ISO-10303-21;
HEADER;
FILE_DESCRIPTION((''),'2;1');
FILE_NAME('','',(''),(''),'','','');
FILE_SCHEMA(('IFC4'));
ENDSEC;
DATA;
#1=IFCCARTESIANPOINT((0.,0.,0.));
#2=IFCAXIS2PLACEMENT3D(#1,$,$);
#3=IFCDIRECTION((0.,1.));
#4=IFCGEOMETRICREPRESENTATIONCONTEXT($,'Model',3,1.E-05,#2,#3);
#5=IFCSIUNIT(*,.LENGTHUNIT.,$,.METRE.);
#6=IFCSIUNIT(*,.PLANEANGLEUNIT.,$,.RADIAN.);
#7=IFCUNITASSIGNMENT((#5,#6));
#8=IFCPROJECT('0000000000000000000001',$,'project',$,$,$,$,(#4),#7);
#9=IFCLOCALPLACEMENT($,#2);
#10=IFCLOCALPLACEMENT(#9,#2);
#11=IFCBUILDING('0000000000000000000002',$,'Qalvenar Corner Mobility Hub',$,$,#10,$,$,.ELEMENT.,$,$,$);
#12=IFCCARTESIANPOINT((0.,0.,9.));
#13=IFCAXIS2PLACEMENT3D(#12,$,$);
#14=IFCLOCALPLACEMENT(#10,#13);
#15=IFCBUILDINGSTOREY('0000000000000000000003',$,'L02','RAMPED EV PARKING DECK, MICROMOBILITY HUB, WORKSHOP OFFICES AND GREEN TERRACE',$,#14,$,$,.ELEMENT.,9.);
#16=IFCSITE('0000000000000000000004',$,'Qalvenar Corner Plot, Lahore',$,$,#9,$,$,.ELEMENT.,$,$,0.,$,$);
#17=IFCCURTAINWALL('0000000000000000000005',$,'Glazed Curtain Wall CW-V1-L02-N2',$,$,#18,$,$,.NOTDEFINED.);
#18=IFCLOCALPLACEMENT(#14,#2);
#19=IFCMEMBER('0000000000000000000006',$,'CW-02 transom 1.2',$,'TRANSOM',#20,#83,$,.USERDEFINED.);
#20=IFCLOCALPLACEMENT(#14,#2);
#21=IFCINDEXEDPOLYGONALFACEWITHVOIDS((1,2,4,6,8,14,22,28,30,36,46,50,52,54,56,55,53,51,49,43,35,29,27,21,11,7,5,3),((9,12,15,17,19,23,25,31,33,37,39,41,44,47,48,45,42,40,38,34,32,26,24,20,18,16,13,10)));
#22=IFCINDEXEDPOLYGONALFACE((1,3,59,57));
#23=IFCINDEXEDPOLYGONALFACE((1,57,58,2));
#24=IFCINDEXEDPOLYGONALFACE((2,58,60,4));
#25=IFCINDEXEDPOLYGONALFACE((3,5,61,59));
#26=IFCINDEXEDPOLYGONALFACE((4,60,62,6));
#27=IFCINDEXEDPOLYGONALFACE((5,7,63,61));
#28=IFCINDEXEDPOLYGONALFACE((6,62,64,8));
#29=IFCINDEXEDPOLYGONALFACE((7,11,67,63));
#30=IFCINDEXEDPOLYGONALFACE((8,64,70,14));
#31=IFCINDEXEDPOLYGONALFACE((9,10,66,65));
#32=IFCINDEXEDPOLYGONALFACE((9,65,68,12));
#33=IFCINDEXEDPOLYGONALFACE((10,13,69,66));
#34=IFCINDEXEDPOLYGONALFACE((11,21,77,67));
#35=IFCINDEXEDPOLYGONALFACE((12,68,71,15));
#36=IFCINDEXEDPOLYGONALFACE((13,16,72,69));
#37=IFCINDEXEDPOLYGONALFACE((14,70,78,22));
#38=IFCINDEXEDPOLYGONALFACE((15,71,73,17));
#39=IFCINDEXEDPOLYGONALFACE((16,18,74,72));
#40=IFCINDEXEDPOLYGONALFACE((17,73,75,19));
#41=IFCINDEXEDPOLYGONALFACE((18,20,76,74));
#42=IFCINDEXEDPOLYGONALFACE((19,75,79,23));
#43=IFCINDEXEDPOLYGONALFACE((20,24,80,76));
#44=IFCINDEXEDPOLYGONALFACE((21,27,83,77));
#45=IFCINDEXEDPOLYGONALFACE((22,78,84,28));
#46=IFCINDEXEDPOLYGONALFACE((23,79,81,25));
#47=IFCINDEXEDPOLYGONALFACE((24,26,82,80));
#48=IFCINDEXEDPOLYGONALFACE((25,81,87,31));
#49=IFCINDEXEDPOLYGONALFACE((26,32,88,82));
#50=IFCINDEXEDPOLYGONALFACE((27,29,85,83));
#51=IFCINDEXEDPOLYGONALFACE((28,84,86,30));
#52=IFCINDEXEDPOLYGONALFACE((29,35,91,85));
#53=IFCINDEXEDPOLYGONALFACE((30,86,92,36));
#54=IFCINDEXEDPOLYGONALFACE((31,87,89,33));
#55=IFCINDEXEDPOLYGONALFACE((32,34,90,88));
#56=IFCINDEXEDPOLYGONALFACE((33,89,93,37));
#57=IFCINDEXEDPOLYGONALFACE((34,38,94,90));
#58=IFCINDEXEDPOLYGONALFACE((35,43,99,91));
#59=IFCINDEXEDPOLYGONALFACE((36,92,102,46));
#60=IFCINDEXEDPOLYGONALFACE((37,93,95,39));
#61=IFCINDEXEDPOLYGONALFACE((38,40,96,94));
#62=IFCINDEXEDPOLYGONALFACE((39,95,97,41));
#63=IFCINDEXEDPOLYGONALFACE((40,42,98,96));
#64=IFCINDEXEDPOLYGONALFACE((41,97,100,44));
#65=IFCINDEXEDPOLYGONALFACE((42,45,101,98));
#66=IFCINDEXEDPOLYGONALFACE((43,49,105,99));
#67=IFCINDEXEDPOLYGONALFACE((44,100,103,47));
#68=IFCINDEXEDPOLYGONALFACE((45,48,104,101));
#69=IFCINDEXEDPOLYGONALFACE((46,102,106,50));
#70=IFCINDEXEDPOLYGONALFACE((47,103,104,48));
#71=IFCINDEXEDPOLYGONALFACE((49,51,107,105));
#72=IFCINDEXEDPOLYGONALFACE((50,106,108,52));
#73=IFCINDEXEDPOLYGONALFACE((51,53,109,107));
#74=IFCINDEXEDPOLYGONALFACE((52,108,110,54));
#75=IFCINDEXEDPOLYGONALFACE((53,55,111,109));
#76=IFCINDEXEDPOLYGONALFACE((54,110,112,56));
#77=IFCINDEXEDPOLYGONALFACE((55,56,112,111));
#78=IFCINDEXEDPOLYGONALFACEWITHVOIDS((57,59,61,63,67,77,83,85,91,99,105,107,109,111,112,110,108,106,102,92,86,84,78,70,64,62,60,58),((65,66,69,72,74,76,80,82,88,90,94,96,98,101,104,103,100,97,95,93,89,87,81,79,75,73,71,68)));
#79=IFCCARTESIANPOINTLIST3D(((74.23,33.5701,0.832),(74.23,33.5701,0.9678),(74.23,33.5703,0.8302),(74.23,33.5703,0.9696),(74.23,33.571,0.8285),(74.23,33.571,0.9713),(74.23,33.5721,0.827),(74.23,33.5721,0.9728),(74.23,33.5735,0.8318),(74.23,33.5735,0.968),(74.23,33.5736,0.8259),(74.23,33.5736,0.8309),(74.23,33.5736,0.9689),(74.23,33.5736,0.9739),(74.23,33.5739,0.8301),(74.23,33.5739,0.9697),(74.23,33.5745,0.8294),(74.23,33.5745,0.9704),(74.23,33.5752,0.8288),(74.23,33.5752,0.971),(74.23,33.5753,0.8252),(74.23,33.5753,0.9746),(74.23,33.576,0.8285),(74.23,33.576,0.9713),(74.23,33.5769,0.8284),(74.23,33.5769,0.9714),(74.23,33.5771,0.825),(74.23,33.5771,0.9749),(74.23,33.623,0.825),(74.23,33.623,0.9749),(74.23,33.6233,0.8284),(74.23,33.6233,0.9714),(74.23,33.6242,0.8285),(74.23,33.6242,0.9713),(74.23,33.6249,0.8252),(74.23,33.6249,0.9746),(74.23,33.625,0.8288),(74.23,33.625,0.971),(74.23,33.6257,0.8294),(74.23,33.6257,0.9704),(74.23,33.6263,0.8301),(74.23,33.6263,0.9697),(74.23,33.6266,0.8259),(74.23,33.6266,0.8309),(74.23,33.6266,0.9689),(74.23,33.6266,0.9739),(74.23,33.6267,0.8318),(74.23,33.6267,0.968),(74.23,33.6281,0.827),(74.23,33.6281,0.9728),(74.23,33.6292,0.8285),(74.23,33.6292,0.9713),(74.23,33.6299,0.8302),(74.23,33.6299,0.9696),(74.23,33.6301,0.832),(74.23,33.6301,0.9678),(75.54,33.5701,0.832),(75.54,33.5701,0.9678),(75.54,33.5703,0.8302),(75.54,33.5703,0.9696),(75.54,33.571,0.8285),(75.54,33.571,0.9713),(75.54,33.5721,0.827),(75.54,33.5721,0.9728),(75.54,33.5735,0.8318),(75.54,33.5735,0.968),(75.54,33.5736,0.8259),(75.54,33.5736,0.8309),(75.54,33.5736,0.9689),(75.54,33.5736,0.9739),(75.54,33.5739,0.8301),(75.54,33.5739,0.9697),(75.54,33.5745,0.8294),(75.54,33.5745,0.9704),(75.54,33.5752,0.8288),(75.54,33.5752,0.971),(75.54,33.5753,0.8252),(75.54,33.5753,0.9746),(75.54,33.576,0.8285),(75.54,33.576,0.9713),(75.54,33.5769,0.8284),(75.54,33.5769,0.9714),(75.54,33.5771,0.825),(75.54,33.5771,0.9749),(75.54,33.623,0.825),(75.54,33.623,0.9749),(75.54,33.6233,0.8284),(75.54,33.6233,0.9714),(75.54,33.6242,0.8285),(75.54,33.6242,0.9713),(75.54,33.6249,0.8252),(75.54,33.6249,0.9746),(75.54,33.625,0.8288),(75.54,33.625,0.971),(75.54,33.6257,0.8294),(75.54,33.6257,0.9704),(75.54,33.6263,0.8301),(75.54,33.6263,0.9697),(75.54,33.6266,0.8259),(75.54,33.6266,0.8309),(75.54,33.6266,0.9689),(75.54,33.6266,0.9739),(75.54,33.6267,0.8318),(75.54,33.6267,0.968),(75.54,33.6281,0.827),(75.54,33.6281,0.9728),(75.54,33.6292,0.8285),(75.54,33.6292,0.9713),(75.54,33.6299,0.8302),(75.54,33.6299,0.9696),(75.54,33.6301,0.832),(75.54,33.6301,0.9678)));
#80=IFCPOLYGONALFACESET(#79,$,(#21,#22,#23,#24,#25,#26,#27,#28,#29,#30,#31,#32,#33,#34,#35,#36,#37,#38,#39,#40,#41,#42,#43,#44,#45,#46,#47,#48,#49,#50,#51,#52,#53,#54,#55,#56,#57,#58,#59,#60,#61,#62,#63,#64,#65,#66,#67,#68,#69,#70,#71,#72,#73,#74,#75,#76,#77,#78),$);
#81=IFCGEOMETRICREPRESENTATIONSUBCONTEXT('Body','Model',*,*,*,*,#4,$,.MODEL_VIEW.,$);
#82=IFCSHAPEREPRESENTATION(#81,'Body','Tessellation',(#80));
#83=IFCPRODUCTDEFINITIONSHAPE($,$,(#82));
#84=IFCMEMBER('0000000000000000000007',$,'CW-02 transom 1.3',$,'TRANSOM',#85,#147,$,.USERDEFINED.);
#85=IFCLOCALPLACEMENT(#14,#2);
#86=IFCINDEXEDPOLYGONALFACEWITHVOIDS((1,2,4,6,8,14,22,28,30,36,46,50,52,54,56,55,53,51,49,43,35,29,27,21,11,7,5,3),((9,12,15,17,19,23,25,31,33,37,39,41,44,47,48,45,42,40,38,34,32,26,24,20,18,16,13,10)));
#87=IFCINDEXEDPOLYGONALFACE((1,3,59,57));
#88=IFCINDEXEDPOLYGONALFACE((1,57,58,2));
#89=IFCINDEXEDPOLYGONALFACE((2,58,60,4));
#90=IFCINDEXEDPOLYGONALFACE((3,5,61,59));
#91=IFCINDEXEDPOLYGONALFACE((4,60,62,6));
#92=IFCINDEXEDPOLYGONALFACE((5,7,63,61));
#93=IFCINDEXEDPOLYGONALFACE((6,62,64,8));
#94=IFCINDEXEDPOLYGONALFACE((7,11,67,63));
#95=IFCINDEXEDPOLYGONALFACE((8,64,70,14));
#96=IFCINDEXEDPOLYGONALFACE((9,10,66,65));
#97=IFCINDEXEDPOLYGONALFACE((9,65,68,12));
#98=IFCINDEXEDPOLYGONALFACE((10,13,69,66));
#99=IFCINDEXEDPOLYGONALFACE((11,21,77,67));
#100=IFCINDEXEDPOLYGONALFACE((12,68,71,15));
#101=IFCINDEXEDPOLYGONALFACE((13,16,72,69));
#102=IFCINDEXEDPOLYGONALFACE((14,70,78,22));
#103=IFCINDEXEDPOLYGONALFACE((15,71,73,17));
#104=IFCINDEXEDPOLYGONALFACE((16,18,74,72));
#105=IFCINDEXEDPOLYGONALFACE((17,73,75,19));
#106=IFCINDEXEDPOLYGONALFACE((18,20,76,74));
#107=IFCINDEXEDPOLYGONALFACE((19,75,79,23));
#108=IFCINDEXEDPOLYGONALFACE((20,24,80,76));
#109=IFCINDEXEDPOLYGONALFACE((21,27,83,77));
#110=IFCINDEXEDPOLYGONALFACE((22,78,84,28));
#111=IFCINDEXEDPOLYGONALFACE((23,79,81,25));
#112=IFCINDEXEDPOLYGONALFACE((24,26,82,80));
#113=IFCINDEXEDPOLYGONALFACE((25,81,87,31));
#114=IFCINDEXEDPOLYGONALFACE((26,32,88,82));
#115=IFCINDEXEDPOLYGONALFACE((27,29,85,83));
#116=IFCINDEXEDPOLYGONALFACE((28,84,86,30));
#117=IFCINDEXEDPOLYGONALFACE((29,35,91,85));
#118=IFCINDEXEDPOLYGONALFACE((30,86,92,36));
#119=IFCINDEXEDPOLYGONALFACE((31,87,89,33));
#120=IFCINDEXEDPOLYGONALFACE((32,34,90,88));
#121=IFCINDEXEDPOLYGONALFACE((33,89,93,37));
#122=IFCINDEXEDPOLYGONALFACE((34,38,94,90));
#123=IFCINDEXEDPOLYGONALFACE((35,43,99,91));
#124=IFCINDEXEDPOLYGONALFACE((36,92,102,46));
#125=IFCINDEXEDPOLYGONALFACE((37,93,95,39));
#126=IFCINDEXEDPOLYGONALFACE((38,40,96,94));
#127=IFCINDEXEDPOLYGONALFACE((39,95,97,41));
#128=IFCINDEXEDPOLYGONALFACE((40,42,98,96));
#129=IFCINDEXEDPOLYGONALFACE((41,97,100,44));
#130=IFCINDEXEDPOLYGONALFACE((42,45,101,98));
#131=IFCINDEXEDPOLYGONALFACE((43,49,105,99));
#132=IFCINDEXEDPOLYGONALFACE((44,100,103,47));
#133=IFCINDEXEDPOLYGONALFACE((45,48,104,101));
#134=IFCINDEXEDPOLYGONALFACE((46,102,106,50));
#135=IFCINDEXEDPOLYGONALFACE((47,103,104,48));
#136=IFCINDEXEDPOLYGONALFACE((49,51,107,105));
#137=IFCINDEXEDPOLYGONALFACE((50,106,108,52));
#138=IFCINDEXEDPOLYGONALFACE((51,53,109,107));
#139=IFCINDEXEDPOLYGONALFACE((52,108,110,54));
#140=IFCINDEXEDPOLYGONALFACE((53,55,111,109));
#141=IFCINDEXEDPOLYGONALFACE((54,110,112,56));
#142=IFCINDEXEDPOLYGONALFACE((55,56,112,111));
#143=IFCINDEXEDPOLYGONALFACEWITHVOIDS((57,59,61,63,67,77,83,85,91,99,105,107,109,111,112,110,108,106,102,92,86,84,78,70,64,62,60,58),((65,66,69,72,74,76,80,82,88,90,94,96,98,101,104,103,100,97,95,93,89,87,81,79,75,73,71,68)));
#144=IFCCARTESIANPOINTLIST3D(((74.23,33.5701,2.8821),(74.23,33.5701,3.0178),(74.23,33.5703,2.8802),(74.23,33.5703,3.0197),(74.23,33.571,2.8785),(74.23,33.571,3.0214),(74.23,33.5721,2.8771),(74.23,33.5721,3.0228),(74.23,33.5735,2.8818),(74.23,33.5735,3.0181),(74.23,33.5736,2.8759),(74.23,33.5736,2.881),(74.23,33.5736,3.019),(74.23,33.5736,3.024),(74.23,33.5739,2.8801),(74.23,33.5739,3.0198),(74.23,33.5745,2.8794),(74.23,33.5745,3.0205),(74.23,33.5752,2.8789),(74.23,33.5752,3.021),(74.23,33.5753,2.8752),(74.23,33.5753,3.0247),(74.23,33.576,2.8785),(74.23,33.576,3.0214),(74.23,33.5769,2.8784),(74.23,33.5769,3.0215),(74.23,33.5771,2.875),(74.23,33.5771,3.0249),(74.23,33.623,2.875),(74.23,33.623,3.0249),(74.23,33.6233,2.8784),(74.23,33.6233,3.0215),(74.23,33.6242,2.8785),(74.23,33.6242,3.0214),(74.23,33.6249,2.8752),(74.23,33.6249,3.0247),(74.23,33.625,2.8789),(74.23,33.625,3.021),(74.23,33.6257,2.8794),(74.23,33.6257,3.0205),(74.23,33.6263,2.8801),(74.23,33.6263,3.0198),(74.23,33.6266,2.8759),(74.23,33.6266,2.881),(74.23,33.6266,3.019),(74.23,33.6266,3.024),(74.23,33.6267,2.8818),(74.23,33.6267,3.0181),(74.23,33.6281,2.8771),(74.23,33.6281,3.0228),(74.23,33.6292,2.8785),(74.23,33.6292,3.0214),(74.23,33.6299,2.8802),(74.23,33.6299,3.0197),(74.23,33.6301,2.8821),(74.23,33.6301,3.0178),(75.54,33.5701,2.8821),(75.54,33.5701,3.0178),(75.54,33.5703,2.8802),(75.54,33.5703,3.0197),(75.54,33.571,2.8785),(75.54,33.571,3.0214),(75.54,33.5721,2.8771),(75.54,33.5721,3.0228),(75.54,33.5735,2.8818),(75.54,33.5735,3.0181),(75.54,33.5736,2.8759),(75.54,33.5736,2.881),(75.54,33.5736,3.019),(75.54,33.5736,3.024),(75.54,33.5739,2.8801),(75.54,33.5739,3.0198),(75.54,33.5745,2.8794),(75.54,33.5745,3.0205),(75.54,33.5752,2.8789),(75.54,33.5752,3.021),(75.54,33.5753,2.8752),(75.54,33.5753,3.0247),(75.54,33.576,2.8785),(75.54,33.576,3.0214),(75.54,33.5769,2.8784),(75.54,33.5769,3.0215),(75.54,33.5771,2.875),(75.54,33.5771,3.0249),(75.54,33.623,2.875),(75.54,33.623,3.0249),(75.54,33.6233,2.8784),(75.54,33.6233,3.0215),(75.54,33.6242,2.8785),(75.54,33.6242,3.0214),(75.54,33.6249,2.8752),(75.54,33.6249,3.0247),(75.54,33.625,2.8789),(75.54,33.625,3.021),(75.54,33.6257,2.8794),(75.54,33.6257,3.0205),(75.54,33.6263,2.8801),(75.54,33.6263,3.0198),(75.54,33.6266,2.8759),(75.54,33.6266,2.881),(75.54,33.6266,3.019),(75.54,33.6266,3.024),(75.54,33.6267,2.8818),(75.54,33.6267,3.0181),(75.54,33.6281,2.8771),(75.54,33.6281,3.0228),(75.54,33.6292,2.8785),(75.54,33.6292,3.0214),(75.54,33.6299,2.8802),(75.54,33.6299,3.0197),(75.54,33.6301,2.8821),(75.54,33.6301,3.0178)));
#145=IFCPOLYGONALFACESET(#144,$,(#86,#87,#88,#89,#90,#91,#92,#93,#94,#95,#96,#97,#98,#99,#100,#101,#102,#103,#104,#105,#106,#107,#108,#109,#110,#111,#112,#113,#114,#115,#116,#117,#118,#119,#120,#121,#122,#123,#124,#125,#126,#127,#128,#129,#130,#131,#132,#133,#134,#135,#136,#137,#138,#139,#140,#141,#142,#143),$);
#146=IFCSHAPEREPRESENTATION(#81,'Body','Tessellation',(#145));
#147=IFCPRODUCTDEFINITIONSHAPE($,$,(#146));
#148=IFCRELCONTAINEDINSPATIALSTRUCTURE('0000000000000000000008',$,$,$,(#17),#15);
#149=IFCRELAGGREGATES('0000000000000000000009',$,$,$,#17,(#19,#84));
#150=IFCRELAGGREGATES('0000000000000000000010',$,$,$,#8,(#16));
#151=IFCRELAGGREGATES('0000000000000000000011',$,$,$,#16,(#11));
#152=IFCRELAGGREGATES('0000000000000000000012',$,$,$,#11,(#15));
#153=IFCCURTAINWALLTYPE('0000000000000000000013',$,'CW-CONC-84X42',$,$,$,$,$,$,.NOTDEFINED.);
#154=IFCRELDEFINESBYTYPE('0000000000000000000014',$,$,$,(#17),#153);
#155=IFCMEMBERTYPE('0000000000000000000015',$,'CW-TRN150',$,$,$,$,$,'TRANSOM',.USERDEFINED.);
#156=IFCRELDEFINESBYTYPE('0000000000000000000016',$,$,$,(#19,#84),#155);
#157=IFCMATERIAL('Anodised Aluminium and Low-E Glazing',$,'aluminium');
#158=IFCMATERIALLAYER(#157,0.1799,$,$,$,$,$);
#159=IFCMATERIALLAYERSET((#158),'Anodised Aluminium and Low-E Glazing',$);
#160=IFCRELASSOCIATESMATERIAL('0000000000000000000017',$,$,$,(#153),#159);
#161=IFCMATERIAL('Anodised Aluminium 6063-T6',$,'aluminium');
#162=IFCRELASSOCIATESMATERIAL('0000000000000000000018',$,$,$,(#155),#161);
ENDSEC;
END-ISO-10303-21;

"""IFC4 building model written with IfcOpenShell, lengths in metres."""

from ifc_helpers import new_model, si_unit, direction, frame, origin, origin_2d, place, context, subcontext, project, spatial, hollow_rectangle, extrude, material, layer, layer_set, material_profile, profile_set, type_object, element, aggregate, save


model = new_model("IFC4")

# Units and contexts
model_context = context("Model", 3, precision=1e-05, world=origin(), true_north=direction((0.0, 1.0)))
body_context = subcontext(model_context, "Body", "Model", "MODEL_VIEW")
ifc_project = project(units=[si_unit("LENGTHUNIT", "METRE"), si_unit("PLANEANGLEUNIT", "RADIAN")], contexts=[model_context])

# Site, building, storey
site_placement = place(None, origin())
site = spatial("IfcSite", under=ifc_project, at=site_placement, Name="Qalvenar Corner Plot, Lahore", CompositionType="ELEMENT", RefElevation=0.0)
building_placement = place(site_placement, origin())
building = spatial("IfcBuilding", under=site, at=building_placement, Name="Qalvenar Corner Mobility Hub", CompositionType="ELEMENT")
storey_placement = place(building_placement, frame((0.0, 0.0, 9.0)))
storey = spatial("IfcBuildingStorey", under=building, at=storey_placement, Name="L02", Description="RAMPED EV PARKING DECK, MICROMOBILITY HUB, WORKSHOP OFFICES AND GREEN TERRACE", CompositionType="ELEMENT", Elevation=9.0)

# Curtain wall, members
ifc_material_1 = material(Name="Anodised Aluminium and Low-E Glazing", Category="aluminium")
ifc_layer_1 = layer(ifc_material_1, 0.1799)
ifc_layer_set_1 = layer_set([ifc_layer_1], Name="Anodised Aluminium and Low-E Glazing")
curtain_wall_type = type_object("IfcCurtainWallType", Name="CW-CONC-84X42", PredefinedType="NOTDEFINED", material=ifc_layer_set_1)
curtain_wall_placement = place(storey_placement, origin())
curtain_wall = element("IfcCurtainWall", 1, at=curtain_wall_placement, inside=storey, type_object=curtain_wall_type, Name="Glazed Curtain Wall CW-V1-L02-N2", PredefinedType="NOTDEFINED")
ifc_material_2 = material(Name="Anodised Aluminium 6063-T6", Category="aluminium")
ifc_material_profile_1 = material_profile(ifc_material_2, hollow_rectangle(XDim=0.0601, YDim=0.1499, WallThickness=0.0034, InnerFilletRadius=0.0034, OuterFilletRadius=0.0071, at=origin_2d()), Name="RHS150x60x3.5")
ifc_profile_set_1 = profile_set([ifc_material_profile_1], Name="Anodised Aluminium 6063-T6")
member_type_1 = type_object("IfcMemberType", Name="CW-TRN150", ElementType="TRANSOM", PredefinedType="USERDEFINED", material=ifc_profile_set_1)
member_1_placement = place(storey_placement, frame((75.54, 33.6001, 0.8999), z_axis=(-1.0, 0.0, 0.0), x_axis=(0.0, -1.0, 0.0)))
member_1 = element("IfcMember", 2, at=member_1_placement, type_object=member_type_1, Name="CW-02 transom 1.2", ObjectType="TRANSOM", PredefinedType="USERDEFINED", context=body_context, shape_type="SweptSolid", body=[
    extrude(hollow_rectangle(XDim=0.0601, YDim=0.1499, WallThickness=0.0034, InnerFilletRadius=0.0034, OuterFilletRadius=0.0071, at=origin_2d()), origin(), (0.0, 0.0, 1.0), 1.3101),
])
member_2_placement = place(storey_placement, frame((75.54, 33.6001, 2.95), z_axis=(-1.0, 0.0, 0.0), x_axis=(0.0, -1.0, 0.0)))
member_2 = element("IfcMember", 3, at=member_2_placement, type_object=member_type_1, Name="CW-02 transom 1.3", ObjectType="TRANSOM", PredefinedType="USERDEFINED", context=body_context, shape_type="SweptSolid", body=[
    extrude(hollow_rectangle(XDim=0.0601, YDim=0.1499, WallThickness=0.0034, InnerFilletRadius=0.0034, OuterFilletRadius=0.0071, at=origin_2d()), origin(), (0.0, 0.0, 1.0), 1.3101),
])

aggregate(curtain_wall, [member_1, member_2])

save(model, "model.ifc")
